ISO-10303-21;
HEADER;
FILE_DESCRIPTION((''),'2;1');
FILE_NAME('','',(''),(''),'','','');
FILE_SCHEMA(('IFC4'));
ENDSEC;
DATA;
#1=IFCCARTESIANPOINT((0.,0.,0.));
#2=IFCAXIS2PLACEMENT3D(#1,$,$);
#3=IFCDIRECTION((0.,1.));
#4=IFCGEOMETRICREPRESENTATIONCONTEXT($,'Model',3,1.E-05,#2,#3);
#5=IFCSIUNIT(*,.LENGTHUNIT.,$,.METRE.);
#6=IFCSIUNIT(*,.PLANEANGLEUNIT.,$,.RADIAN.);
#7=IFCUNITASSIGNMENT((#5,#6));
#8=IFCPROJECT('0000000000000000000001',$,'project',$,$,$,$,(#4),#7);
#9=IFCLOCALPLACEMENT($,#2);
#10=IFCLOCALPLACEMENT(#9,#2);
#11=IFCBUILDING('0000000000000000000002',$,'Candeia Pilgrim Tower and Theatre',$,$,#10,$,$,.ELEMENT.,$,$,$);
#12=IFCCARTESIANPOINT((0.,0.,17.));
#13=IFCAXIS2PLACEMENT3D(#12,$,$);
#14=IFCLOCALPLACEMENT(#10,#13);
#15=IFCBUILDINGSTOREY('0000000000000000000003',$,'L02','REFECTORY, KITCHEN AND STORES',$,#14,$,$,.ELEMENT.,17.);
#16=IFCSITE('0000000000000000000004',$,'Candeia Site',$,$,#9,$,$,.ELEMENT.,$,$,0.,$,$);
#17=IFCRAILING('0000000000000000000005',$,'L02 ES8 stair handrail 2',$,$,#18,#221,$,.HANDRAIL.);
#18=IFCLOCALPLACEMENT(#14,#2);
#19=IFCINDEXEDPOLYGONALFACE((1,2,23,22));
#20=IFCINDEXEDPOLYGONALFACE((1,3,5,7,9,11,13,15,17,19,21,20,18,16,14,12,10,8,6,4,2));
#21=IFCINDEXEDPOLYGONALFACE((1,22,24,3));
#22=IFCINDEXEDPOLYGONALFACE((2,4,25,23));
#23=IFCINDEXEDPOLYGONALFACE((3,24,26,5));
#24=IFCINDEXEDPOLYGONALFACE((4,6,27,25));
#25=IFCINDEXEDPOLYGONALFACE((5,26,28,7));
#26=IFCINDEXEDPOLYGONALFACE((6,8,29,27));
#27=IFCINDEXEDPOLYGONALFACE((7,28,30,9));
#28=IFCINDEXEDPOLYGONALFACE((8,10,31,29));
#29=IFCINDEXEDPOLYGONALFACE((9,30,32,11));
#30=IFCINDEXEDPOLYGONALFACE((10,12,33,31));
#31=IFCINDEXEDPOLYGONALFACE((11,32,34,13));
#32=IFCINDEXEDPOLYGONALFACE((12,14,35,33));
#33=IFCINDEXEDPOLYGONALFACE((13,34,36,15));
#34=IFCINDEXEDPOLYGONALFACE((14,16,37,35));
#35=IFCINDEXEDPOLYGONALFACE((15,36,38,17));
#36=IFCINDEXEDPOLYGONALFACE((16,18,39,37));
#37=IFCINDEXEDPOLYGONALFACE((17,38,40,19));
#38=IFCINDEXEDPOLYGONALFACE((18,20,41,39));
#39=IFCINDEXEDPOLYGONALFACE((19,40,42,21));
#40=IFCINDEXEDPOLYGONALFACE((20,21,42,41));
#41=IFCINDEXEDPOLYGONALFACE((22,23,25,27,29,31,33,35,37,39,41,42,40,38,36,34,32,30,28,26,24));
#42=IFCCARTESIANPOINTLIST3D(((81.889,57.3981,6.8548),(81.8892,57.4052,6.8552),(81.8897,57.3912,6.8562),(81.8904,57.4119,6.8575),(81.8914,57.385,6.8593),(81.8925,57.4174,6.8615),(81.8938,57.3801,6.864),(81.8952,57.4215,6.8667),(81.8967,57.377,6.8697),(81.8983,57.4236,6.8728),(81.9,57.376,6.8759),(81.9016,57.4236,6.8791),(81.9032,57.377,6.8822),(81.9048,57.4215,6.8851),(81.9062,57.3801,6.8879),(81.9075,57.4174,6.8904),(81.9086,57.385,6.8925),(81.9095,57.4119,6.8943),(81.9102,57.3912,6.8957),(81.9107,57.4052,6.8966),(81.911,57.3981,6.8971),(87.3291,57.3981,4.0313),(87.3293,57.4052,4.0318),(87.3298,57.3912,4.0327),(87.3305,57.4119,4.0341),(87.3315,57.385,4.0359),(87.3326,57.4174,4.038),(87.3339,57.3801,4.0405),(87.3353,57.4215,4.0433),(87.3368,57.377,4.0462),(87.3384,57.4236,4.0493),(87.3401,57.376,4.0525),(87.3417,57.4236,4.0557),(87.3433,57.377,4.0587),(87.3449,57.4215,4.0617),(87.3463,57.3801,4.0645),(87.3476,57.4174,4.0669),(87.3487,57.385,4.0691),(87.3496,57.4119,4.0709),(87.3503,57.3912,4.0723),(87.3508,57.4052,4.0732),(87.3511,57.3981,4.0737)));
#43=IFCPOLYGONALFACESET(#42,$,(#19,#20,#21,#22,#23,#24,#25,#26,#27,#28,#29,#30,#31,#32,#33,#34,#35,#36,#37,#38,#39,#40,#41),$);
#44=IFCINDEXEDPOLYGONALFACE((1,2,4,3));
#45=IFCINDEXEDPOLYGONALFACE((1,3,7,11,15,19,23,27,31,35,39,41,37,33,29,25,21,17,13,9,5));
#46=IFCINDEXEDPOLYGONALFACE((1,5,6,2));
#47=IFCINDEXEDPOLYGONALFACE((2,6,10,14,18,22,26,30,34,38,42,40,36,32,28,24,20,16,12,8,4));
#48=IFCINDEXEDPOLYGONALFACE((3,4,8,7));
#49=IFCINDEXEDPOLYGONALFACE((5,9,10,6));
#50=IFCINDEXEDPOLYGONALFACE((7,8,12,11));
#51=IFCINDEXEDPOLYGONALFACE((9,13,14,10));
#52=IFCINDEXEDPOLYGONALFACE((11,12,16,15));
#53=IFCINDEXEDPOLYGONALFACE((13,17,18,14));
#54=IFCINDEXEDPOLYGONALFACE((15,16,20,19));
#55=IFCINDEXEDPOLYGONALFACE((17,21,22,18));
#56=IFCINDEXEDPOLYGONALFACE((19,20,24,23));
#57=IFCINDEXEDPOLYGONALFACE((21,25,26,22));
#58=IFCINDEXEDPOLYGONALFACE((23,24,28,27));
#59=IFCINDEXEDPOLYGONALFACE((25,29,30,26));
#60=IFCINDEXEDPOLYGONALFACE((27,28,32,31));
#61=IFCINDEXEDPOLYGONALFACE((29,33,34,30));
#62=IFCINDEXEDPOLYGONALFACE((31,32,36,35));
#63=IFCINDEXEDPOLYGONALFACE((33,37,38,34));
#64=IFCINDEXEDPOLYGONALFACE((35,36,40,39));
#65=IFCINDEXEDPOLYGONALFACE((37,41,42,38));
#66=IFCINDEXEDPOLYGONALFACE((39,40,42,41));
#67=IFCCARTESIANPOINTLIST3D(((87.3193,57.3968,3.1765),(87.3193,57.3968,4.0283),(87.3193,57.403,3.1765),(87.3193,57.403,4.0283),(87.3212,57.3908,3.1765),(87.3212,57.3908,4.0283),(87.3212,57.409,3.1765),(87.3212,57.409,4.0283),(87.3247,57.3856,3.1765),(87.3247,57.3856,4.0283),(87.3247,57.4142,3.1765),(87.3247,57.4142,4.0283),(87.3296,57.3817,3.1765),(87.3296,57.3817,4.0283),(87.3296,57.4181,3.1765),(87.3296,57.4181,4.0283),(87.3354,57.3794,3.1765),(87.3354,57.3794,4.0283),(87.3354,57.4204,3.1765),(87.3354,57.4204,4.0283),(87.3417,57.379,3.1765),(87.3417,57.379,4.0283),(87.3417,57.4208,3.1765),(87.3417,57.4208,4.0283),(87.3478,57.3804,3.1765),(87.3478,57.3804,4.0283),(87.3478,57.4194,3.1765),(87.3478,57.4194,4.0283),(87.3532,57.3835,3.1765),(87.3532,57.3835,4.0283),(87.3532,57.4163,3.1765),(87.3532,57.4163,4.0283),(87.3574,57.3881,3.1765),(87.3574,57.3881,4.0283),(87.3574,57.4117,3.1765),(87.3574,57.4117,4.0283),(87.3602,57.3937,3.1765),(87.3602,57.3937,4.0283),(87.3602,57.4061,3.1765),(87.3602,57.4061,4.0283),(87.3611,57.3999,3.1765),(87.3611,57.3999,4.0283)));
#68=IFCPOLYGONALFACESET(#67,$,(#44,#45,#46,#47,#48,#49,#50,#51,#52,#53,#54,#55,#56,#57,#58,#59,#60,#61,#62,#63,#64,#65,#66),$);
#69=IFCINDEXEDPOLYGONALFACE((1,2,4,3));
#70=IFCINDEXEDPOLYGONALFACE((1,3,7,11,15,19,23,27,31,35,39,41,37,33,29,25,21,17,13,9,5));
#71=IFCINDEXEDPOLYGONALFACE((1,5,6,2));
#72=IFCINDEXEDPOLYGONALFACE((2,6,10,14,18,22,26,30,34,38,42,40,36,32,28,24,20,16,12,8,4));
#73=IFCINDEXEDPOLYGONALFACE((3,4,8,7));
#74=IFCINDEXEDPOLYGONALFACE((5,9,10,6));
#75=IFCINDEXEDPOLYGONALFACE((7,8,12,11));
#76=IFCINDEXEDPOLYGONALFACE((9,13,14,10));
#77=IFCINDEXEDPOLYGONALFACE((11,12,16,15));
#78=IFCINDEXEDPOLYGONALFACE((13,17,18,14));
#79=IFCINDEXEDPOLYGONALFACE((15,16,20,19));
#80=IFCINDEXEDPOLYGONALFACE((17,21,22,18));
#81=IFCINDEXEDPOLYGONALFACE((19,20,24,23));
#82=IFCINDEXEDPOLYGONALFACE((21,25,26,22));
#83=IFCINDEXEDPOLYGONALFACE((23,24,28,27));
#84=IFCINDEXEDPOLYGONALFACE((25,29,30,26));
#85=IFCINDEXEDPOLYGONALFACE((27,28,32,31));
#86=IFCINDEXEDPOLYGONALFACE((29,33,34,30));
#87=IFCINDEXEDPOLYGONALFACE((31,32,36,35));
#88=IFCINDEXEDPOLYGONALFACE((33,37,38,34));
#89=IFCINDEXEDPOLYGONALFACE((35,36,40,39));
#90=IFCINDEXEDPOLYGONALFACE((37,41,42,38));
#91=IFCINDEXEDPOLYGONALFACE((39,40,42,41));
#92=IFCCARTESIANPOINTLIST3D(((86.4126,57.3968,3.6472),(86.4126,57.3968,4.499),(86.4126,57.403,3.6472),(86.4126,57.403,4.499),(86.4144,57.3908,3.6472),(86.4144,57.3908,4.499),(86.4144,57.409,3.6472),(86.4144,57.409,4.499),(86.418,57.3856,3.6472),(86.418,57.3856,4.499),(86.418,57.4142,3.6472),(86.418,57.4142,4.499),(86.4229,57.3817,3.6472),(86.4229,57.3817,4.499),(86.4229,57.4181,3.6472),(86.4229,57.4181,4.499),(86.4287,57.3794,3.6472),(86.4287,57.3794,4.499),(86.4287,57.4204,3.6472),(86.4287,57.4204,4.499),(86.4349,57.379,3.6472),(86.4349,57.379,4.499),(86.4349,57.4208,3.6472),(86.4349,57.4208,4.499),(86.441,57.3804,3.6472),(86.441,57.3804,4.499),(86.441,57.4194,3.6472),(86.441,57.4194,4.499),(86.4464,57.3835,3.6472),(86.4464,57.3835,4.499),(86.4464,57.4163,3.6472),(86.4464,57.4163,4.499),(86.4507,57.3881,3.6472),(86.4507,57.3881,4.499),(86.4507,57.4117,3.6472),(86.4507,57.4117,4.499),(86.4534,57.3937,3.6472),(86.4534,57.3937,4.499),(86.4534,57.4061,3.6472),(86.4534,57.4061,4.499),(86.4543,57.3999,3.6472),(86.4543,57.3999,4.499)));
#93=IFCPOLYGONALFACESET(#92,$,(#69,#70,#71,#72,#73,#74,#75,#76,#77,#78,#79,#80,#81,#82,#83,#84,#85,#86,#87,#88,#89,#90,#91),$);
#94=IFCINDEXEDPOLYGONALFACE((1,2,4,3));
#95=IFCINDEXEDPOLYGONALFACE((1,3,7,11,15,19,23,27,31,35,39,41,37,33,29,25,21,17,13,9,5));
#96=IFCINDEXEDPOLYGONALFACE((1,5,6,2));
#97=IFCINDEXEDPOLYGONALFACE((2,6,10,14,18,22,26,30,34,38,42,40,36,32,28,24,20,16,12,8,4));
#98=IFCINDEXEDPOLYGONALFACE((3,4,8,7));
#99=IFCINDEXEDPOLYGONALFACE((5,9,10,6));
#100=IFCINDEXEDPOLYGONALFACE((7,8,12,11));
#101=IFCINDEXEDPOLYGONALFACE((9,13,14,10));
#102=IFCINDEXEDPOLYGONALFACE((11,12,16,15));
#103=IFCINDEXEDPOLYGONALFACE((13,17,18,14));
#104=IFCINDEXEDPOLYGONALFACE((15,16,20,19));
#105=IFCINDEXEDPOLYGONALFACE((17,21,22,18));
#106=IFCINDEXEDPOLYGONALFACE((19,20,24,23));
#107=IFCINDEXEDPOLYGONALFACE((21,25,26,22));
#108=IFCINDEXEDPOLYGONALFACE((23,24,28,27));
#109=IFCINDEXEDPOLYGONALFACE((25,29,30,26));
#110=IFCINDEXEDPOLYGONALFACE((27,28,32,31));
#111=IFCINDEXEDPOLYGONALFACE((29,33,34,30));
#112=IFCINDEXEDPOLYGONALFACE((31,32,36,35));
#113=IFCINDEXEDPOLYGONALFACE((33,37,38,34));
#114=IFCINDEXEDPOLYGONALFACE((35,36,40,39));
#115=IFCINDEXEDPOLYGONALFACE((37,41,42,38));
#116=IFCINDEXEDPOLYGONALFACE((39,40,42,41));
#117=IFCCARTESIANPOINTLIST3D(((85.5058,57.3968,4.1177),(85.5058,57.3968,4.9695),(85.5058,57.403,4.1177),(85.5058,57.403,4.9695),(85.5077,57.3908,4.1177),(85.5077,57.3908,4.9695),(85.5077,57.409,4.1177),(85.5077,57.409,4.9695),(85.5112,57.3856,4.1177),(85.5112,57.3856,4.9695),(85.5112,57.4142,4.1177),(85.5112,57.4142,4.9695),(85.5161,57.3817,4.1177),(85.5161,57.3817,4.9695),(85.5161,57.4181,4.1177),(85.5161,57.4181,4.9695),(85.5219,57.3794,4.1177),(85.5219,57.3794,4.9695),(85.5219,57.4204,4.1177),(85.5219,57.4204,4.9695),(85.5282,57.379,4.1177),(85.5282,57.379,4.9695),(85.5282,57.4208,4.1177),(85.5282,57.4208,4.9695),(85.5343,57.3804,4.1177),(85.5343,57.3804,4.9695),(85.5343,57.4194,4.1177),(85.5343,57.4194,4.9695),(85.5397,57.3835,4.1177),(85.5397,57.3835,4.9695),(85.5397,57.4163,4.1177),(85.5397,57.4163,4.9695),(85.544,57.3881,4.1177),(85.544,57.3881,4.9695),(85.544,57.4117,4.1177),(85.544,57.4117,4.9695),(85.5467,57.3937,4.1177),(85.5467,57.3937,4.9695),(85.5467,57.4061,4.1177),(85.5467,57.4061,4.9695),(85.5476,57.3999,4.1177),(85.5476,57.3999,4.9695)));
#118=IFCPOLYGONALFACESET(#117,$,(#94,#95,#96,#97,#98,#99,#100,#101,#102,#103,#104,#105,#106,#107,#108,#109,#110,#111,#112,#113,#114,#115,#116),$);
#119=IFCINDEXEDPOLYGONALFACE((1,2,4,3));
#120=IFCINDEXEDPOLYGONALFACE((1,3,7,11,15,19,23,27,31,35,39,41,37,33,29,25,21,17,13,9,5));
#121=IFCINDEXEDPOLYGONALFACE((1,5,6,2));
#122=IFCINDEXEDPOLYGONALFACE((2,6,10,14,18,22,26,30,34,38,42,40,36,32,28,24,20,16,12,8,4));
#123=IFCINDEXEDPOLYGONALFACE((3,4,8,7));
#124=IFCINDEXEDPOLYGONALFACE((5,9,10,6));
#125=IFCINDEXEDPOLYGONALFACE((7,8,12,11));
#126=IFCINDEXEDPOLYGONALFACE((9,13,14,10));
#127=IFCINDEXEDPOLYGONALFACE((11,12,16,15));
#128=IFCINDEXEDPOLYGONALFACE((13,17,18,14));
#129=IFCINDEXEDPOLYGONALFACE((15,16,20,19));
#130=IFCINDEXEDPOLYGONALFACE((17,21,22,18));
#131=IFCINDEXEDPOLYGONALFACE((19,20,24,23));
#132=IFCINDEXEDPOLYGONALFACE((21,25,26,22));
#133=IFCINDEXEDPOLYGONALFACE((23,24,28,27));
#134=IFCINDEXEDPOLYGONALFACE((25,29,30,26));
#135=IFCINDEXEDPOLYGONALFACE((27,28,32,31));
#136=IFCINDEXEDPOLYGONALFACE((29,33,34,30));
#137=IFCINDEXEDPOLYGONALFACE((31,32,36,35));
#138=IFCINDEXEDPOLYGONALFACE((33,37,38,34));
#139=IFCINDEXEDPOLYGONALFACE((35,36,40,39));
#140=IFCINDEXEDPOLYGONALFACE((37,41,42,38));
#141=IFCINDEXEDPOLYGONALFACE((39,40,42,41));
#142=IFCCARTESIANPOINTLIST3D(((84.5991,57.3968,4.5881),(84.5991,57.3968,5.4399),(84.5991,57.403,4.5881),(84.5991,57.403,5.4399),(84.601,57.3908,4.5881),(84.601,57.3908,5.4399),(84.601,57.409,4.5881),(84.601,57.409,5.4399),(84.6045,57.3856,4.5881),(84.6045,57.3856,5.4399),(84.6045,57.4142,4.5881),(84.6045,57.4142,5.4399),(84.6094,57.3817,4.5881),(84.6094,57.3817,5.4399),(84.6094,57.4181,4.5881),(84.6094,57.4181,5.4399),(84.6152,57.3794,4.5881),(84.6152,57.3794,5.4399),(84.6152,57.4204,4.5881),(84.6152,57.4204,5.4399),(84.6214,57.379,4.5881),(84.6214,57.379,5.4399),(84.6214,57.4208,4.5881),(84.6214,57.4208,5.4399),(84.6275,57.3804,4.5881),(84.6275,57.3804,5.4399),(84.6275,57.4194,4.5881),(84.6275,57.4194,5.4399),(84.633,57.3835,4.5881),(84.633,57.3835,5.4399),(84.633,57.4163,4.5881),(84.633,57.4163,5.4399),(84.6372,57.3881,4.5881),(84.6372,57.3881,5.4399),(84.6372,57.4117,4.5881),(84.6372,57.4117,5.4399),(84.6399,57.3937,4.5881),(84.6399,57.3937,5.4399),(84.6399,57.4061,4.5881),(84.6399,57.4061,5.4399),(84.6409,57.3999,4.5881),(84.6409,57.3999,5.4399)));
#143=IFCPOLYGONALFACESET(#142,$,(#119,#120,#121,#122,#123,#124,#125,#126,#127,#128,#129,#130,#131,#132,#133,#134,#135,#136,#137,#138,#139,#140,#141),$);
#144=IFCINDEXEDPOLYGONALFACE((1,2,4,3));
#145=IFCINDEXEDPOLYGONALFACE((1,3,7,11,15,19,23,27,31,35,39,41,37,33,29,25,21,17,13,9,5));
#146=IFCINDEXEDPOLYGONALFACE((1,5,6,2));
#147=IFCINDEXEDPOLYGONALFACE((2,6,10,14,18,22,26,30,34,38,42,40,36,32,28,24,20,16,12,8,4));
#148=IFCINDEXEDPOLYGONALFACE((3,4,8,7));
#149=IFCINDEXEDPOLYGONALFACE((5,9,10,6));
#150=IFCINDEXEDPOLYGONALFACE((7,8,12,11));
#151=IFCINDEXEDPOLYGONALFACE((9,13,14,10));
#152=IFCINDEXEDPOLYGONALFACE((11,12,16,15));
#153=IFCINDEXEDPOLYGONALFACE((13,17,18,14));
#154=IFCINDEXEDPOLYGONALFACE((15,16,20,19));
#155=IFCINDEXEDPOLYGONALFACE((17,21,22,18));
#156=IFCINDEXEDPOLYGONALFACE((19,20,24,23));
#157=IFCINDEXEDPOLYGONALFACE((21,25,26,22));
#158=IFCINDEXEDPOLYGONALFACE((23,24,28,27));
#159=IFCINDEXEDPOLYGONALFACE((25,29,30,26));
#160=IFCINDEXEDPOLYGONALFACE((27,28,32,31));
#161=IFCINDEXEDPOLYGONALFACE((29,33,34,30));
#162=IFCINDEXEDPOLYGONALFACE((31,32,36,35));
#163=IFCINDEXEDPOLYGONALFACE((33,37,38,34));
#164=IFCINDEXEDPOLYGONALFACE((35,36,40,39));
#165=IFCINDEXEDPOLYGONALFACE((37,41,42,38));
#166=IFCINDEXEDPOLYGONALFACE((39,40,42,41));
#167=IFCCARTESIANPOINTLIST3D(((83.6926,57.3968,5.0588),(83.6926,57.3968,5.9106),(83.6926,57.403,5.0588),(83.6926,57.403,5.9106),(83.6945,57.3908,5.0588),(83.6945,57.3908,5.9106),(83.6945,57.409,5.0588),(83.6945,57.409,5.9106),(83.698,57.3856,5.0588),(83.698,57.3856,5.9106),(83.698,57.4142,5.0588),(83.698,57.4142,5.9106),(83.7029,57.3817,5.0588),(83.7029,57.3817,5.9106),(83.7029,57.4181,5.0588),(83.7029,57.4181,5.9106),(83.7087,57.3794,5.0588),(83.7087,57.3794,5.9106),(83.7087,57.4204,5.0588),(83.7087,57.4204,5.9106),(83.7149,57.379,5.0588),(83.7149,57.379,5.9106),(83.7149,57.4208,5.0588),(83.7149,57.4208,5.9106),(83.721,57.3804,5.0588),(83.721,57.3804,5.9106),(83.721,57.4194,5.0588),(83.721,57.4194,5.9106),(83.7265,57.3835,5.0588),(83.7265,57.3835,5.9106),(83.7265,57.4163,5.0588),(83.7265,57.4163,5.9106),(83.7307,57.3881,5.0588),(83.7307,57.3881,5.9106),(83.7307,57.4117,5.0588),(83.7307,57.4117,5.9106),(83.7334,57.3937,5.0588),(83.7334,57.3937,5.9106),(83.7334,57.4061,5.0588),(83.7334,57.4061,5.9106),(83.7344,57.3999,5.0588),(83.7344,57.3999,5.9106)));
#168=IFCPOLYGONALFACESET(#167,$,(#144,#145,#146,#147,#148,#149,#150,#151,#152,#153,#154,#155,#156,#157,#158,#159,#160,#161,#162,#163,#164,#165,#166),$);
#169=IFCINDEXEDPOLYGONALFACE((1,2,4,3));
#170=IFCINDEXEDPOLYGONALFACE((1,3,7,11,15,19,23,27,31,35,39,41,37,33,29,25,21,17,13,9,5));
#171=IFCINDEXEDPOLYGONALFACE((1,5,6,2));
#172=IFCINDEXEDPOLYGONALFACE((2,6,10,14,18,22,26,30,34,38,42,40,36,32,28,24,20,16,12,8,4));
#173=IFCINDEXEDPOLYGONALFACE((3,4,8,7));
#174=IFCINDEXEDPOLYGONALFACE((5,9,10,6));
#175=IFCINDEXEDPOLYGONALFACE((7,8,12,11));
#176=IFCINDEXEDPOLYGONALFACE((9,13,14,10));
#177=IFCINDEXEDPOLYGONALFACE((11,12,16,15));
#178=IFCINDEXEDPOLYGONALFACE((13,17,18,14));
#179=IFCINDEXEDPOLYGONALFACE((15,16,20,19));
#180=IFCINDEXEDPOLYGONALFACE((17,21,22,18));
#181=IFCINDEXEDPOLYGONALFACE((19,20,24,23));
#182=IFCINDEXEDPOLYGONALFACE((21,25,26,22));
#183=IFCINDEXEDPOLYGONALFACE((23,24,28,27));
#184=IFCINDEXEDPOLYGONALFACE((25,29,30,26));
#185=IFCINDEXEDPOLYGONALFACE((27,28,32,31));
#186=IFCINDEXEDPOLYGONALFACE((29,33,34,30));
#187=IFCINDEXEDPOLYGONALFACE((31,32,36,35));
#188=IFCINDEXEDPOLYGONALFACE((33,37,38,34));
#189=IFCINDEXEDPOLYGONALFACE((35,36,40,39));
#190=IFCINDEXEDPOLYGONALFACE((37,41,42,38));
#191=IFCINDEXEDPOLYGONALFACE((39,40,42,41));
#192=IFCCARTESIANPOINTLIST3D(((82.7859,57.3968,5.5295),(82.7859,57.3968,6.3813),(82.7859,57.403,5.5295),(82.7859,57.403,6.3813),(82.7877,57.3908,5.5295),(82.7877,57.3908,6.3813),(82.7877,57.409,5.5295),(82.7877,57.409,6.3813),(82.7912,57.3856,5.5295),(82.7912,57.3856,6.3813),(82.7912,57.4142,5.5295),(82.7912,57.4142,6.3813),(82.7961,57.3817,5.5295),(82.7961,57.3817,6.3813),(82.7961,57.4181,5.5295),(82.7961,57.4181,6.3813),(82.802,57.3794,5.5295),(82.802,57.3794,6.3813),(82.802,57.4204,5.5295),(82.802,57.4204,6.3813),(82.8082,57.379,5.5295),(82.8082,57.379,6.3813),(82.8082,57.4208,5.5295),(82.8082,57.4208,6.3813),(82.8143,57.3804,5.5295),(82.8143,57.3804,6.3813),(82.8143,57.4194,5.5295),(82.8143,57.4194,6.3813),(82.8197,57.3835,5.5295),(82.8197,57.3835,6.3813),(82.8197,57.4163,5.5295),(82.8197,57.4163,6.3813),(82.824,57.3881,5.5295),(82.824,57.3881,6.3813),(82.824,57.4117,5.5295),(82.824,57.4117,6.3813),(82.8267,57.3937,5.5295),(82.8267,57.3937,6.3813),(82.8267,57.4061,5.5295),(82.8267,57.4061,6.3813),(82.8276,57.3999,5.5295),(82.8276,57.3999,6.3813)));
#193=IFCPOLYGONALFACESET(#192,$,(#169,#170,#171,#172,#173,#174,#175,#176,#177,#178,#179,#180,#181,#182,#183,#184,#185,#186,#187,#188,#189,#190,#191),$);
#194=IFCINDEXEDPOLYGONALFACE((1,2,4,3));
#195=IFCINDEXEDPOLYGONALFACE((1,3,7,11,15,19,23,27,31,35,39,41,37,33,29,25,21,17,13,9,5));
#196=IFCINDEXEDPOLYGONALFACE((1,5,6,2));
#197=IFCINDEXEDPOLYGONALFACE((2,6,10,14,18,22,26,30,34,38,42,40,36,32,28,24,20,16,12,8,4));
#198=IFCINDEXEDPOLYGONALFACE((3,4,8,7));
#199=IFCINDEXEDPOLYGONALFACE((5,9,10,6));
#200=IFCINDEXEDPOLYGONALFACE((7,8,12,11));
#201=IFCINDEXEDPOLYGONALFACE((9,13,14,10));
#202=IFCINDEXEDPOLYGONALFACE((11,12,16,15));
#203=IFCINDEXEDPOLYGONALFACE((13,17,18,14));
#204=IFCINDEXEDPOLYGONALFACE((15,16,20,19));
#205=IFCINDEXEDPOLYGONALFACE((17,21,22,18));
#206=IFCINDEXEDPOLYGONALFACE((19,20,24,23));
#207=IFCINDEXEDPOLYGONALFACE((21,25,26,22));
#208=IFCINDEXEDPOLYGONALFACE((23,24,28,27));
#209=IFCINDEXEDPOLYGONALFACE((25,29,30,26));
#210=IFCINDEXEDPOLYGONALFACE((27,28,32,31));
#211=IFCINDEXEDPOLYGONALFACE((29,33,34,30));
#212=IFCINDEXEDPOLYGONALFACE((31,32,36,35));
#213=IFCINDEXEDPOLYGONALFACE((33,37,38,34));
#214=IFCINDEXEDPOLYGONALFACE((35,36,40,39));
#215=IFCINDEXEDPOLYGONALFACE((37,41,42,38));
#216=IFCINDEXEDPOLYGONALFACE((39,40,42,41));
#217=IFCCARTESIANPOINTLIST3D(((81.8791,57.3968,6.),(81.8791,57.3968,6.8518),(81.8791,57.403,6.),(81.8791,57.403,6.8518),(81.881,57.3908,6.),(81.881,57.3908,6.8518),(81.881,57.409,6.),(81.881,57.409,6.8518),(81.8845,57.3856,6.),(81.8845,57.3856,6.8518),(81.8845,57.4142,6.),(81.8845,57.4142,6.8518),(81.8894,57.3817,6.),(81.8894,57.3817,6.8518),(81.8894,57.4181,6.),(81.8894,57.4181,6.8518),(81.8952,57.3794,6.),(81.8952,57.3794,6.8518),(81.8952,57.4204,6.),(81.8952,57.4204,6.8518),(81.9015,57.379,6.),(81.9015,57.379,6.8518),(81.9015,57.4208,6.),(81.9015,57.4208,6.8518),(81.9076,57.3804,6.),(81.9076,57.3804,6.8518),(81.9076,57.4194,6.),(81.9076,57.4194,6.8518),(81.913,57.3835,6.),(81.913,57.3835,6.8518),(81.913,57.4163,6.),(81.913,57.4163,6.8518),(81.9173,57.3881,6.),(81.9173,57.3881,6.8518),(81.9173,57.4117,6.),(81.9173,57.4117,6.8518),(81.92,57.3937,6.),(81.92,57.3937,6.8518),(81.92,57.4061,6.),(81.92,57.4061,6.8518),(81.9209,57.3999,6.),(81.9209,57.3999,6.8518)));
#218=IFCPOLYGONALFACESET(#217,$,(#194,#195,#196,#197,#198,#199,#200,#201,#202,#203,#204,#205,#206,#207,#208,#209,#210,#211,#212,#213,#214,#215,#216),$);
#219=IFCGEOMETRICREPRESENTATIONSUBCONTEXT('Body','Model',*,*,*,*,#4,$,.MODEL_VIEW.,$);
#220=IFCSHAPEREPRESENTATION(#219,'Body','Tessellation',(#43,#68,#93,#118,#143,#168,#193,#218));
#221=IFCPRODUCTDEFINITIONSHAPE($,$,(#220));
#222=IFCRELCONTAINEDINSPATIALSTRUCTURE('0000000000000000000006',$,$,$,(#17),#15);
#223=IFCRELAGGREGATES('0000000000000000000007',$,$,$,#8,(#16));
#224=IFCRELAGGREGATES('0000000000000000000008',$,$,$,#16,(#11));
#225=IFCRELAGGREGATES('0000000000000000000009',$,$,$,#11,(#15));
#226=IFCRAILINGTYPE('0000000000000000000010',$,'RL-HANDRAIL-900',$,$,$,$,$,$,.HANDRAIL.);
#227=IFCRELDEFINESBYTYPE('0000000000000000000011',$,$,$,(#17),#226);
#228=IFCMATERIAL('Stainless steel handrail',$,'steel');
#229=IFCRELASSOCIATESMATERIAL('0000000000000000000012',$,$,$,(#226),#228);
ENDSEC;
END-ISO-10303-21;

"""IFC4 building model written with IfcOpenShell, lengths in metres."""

from ifc_helpers import new_model, si_unit, direction, frame, origin, origin_2d, place, context, subcontext, project, spatial, circle, extrude, material, type_object, element, save


model = new_model("IFC4")

# Units and contexts
model_context = context("Model", 3, precision=1e-05, world=origin(), true_north=direction((0.0, 1.0)))
body_context = subcontext(model_context, "Body", "Model", "MODEL_VIEW")
ifc_project = project(units=[si_unit("LENGTHUNIT", "METRE"), si_unit("PLANEANGLEUNIT", "RADIAN")], contexts=[model_context])

# Site, building, storey
site_placement = place(None, origin())
site = spatial("IfcSite", under=ifc_project, at=site_placement, Name="Candeia Site", CompositionType="ELEMENT", RefElevation=0.0)
building_placement = place(site_placement, origin())
building = spatial("IfcBuilding", under=site, at=building_placement, Name="Candeia Pilgrim Tower and Theatre", CompositionType="ELEMENT")
storey_placement = place(building_placement, frame((0.0, 0.0, 17.0)))
storey = spatial("IfcBuildingStorey", under=building, at=storey_placement, Name="L02", Description="REFECTORY, KITCHEN AND STORES", CompositionType="ELEMENT", Elevation=17.0)

# Railing
ifc_material_1 = material(Name="Stainless steel handrail", Category="steel")
railing_type_1 = type_object("IfcRailingType", Name="RL-HANDRAIL-900", PredefinedType="HANDRAIL", material=ifc_material_1)
railing_1_placement = place(storey_placement, frame((87.3401, 57.3999, 3.1765)))
element("IfcRailing", 1, at=railing_1_placement, inside=storey, type_object=railing_type_1, Name="L02 ES8 stair handrail 2", PredefinedType="HANDRAIL", context=body_context, shape_type="SweptSolid", body=[
    extrude(circle(Radius=0.0239, at=origin_2d()), frame((0.0, 0.0, 0.876), z_axis=(-0.887578, 0.0, 0.460658), x_axis=(0.0, -1.0, 0.0)), (0.0, 0.0, 1.0), 6.1292),
    extrude(circle(Radius=0.021, at=origin_2d()), origin(), (0.0, 0.0, 1.0), 0.8518),
    extrude(circle(Radius=0.021, at=origin_2d()), frame((-0.9067, 0.0, 0.4707)), (0.0, 0.0, 1.0), 0.8518),
    extrude(circle(Radius=0.021, at=origin_2d()), frame((-1.8135, 0.0, 0.9412)), (0.0, 0.0, 1.0), 0.8518),
    extrude(circle(Radius=0.021, at=origin_2d()), frame((-2.7202, 0.0, 1.4116)), (0.0, 0.0, 1.0), 0.8518),
    extrude(circle(Radius=0.021, at=origin_2d()), frame((-3.6267, 0.0, 1.8823)), (0.0, 0.0, 1.0), 0.8518),
    extrude(circle(Radius=0.021, at=origin_2d()), frame((-4.5334, 0.0, 2.353)), (0.0, 0.0, 1.0), 0.8518),
    extrude(circle(Radius=0.021, at=origin_2d()), frame((-5.4402, 0.0, 2.8235)), (0.0, 0.0, 1.0), 0.8518),
])

save(model, "model.ifc")
